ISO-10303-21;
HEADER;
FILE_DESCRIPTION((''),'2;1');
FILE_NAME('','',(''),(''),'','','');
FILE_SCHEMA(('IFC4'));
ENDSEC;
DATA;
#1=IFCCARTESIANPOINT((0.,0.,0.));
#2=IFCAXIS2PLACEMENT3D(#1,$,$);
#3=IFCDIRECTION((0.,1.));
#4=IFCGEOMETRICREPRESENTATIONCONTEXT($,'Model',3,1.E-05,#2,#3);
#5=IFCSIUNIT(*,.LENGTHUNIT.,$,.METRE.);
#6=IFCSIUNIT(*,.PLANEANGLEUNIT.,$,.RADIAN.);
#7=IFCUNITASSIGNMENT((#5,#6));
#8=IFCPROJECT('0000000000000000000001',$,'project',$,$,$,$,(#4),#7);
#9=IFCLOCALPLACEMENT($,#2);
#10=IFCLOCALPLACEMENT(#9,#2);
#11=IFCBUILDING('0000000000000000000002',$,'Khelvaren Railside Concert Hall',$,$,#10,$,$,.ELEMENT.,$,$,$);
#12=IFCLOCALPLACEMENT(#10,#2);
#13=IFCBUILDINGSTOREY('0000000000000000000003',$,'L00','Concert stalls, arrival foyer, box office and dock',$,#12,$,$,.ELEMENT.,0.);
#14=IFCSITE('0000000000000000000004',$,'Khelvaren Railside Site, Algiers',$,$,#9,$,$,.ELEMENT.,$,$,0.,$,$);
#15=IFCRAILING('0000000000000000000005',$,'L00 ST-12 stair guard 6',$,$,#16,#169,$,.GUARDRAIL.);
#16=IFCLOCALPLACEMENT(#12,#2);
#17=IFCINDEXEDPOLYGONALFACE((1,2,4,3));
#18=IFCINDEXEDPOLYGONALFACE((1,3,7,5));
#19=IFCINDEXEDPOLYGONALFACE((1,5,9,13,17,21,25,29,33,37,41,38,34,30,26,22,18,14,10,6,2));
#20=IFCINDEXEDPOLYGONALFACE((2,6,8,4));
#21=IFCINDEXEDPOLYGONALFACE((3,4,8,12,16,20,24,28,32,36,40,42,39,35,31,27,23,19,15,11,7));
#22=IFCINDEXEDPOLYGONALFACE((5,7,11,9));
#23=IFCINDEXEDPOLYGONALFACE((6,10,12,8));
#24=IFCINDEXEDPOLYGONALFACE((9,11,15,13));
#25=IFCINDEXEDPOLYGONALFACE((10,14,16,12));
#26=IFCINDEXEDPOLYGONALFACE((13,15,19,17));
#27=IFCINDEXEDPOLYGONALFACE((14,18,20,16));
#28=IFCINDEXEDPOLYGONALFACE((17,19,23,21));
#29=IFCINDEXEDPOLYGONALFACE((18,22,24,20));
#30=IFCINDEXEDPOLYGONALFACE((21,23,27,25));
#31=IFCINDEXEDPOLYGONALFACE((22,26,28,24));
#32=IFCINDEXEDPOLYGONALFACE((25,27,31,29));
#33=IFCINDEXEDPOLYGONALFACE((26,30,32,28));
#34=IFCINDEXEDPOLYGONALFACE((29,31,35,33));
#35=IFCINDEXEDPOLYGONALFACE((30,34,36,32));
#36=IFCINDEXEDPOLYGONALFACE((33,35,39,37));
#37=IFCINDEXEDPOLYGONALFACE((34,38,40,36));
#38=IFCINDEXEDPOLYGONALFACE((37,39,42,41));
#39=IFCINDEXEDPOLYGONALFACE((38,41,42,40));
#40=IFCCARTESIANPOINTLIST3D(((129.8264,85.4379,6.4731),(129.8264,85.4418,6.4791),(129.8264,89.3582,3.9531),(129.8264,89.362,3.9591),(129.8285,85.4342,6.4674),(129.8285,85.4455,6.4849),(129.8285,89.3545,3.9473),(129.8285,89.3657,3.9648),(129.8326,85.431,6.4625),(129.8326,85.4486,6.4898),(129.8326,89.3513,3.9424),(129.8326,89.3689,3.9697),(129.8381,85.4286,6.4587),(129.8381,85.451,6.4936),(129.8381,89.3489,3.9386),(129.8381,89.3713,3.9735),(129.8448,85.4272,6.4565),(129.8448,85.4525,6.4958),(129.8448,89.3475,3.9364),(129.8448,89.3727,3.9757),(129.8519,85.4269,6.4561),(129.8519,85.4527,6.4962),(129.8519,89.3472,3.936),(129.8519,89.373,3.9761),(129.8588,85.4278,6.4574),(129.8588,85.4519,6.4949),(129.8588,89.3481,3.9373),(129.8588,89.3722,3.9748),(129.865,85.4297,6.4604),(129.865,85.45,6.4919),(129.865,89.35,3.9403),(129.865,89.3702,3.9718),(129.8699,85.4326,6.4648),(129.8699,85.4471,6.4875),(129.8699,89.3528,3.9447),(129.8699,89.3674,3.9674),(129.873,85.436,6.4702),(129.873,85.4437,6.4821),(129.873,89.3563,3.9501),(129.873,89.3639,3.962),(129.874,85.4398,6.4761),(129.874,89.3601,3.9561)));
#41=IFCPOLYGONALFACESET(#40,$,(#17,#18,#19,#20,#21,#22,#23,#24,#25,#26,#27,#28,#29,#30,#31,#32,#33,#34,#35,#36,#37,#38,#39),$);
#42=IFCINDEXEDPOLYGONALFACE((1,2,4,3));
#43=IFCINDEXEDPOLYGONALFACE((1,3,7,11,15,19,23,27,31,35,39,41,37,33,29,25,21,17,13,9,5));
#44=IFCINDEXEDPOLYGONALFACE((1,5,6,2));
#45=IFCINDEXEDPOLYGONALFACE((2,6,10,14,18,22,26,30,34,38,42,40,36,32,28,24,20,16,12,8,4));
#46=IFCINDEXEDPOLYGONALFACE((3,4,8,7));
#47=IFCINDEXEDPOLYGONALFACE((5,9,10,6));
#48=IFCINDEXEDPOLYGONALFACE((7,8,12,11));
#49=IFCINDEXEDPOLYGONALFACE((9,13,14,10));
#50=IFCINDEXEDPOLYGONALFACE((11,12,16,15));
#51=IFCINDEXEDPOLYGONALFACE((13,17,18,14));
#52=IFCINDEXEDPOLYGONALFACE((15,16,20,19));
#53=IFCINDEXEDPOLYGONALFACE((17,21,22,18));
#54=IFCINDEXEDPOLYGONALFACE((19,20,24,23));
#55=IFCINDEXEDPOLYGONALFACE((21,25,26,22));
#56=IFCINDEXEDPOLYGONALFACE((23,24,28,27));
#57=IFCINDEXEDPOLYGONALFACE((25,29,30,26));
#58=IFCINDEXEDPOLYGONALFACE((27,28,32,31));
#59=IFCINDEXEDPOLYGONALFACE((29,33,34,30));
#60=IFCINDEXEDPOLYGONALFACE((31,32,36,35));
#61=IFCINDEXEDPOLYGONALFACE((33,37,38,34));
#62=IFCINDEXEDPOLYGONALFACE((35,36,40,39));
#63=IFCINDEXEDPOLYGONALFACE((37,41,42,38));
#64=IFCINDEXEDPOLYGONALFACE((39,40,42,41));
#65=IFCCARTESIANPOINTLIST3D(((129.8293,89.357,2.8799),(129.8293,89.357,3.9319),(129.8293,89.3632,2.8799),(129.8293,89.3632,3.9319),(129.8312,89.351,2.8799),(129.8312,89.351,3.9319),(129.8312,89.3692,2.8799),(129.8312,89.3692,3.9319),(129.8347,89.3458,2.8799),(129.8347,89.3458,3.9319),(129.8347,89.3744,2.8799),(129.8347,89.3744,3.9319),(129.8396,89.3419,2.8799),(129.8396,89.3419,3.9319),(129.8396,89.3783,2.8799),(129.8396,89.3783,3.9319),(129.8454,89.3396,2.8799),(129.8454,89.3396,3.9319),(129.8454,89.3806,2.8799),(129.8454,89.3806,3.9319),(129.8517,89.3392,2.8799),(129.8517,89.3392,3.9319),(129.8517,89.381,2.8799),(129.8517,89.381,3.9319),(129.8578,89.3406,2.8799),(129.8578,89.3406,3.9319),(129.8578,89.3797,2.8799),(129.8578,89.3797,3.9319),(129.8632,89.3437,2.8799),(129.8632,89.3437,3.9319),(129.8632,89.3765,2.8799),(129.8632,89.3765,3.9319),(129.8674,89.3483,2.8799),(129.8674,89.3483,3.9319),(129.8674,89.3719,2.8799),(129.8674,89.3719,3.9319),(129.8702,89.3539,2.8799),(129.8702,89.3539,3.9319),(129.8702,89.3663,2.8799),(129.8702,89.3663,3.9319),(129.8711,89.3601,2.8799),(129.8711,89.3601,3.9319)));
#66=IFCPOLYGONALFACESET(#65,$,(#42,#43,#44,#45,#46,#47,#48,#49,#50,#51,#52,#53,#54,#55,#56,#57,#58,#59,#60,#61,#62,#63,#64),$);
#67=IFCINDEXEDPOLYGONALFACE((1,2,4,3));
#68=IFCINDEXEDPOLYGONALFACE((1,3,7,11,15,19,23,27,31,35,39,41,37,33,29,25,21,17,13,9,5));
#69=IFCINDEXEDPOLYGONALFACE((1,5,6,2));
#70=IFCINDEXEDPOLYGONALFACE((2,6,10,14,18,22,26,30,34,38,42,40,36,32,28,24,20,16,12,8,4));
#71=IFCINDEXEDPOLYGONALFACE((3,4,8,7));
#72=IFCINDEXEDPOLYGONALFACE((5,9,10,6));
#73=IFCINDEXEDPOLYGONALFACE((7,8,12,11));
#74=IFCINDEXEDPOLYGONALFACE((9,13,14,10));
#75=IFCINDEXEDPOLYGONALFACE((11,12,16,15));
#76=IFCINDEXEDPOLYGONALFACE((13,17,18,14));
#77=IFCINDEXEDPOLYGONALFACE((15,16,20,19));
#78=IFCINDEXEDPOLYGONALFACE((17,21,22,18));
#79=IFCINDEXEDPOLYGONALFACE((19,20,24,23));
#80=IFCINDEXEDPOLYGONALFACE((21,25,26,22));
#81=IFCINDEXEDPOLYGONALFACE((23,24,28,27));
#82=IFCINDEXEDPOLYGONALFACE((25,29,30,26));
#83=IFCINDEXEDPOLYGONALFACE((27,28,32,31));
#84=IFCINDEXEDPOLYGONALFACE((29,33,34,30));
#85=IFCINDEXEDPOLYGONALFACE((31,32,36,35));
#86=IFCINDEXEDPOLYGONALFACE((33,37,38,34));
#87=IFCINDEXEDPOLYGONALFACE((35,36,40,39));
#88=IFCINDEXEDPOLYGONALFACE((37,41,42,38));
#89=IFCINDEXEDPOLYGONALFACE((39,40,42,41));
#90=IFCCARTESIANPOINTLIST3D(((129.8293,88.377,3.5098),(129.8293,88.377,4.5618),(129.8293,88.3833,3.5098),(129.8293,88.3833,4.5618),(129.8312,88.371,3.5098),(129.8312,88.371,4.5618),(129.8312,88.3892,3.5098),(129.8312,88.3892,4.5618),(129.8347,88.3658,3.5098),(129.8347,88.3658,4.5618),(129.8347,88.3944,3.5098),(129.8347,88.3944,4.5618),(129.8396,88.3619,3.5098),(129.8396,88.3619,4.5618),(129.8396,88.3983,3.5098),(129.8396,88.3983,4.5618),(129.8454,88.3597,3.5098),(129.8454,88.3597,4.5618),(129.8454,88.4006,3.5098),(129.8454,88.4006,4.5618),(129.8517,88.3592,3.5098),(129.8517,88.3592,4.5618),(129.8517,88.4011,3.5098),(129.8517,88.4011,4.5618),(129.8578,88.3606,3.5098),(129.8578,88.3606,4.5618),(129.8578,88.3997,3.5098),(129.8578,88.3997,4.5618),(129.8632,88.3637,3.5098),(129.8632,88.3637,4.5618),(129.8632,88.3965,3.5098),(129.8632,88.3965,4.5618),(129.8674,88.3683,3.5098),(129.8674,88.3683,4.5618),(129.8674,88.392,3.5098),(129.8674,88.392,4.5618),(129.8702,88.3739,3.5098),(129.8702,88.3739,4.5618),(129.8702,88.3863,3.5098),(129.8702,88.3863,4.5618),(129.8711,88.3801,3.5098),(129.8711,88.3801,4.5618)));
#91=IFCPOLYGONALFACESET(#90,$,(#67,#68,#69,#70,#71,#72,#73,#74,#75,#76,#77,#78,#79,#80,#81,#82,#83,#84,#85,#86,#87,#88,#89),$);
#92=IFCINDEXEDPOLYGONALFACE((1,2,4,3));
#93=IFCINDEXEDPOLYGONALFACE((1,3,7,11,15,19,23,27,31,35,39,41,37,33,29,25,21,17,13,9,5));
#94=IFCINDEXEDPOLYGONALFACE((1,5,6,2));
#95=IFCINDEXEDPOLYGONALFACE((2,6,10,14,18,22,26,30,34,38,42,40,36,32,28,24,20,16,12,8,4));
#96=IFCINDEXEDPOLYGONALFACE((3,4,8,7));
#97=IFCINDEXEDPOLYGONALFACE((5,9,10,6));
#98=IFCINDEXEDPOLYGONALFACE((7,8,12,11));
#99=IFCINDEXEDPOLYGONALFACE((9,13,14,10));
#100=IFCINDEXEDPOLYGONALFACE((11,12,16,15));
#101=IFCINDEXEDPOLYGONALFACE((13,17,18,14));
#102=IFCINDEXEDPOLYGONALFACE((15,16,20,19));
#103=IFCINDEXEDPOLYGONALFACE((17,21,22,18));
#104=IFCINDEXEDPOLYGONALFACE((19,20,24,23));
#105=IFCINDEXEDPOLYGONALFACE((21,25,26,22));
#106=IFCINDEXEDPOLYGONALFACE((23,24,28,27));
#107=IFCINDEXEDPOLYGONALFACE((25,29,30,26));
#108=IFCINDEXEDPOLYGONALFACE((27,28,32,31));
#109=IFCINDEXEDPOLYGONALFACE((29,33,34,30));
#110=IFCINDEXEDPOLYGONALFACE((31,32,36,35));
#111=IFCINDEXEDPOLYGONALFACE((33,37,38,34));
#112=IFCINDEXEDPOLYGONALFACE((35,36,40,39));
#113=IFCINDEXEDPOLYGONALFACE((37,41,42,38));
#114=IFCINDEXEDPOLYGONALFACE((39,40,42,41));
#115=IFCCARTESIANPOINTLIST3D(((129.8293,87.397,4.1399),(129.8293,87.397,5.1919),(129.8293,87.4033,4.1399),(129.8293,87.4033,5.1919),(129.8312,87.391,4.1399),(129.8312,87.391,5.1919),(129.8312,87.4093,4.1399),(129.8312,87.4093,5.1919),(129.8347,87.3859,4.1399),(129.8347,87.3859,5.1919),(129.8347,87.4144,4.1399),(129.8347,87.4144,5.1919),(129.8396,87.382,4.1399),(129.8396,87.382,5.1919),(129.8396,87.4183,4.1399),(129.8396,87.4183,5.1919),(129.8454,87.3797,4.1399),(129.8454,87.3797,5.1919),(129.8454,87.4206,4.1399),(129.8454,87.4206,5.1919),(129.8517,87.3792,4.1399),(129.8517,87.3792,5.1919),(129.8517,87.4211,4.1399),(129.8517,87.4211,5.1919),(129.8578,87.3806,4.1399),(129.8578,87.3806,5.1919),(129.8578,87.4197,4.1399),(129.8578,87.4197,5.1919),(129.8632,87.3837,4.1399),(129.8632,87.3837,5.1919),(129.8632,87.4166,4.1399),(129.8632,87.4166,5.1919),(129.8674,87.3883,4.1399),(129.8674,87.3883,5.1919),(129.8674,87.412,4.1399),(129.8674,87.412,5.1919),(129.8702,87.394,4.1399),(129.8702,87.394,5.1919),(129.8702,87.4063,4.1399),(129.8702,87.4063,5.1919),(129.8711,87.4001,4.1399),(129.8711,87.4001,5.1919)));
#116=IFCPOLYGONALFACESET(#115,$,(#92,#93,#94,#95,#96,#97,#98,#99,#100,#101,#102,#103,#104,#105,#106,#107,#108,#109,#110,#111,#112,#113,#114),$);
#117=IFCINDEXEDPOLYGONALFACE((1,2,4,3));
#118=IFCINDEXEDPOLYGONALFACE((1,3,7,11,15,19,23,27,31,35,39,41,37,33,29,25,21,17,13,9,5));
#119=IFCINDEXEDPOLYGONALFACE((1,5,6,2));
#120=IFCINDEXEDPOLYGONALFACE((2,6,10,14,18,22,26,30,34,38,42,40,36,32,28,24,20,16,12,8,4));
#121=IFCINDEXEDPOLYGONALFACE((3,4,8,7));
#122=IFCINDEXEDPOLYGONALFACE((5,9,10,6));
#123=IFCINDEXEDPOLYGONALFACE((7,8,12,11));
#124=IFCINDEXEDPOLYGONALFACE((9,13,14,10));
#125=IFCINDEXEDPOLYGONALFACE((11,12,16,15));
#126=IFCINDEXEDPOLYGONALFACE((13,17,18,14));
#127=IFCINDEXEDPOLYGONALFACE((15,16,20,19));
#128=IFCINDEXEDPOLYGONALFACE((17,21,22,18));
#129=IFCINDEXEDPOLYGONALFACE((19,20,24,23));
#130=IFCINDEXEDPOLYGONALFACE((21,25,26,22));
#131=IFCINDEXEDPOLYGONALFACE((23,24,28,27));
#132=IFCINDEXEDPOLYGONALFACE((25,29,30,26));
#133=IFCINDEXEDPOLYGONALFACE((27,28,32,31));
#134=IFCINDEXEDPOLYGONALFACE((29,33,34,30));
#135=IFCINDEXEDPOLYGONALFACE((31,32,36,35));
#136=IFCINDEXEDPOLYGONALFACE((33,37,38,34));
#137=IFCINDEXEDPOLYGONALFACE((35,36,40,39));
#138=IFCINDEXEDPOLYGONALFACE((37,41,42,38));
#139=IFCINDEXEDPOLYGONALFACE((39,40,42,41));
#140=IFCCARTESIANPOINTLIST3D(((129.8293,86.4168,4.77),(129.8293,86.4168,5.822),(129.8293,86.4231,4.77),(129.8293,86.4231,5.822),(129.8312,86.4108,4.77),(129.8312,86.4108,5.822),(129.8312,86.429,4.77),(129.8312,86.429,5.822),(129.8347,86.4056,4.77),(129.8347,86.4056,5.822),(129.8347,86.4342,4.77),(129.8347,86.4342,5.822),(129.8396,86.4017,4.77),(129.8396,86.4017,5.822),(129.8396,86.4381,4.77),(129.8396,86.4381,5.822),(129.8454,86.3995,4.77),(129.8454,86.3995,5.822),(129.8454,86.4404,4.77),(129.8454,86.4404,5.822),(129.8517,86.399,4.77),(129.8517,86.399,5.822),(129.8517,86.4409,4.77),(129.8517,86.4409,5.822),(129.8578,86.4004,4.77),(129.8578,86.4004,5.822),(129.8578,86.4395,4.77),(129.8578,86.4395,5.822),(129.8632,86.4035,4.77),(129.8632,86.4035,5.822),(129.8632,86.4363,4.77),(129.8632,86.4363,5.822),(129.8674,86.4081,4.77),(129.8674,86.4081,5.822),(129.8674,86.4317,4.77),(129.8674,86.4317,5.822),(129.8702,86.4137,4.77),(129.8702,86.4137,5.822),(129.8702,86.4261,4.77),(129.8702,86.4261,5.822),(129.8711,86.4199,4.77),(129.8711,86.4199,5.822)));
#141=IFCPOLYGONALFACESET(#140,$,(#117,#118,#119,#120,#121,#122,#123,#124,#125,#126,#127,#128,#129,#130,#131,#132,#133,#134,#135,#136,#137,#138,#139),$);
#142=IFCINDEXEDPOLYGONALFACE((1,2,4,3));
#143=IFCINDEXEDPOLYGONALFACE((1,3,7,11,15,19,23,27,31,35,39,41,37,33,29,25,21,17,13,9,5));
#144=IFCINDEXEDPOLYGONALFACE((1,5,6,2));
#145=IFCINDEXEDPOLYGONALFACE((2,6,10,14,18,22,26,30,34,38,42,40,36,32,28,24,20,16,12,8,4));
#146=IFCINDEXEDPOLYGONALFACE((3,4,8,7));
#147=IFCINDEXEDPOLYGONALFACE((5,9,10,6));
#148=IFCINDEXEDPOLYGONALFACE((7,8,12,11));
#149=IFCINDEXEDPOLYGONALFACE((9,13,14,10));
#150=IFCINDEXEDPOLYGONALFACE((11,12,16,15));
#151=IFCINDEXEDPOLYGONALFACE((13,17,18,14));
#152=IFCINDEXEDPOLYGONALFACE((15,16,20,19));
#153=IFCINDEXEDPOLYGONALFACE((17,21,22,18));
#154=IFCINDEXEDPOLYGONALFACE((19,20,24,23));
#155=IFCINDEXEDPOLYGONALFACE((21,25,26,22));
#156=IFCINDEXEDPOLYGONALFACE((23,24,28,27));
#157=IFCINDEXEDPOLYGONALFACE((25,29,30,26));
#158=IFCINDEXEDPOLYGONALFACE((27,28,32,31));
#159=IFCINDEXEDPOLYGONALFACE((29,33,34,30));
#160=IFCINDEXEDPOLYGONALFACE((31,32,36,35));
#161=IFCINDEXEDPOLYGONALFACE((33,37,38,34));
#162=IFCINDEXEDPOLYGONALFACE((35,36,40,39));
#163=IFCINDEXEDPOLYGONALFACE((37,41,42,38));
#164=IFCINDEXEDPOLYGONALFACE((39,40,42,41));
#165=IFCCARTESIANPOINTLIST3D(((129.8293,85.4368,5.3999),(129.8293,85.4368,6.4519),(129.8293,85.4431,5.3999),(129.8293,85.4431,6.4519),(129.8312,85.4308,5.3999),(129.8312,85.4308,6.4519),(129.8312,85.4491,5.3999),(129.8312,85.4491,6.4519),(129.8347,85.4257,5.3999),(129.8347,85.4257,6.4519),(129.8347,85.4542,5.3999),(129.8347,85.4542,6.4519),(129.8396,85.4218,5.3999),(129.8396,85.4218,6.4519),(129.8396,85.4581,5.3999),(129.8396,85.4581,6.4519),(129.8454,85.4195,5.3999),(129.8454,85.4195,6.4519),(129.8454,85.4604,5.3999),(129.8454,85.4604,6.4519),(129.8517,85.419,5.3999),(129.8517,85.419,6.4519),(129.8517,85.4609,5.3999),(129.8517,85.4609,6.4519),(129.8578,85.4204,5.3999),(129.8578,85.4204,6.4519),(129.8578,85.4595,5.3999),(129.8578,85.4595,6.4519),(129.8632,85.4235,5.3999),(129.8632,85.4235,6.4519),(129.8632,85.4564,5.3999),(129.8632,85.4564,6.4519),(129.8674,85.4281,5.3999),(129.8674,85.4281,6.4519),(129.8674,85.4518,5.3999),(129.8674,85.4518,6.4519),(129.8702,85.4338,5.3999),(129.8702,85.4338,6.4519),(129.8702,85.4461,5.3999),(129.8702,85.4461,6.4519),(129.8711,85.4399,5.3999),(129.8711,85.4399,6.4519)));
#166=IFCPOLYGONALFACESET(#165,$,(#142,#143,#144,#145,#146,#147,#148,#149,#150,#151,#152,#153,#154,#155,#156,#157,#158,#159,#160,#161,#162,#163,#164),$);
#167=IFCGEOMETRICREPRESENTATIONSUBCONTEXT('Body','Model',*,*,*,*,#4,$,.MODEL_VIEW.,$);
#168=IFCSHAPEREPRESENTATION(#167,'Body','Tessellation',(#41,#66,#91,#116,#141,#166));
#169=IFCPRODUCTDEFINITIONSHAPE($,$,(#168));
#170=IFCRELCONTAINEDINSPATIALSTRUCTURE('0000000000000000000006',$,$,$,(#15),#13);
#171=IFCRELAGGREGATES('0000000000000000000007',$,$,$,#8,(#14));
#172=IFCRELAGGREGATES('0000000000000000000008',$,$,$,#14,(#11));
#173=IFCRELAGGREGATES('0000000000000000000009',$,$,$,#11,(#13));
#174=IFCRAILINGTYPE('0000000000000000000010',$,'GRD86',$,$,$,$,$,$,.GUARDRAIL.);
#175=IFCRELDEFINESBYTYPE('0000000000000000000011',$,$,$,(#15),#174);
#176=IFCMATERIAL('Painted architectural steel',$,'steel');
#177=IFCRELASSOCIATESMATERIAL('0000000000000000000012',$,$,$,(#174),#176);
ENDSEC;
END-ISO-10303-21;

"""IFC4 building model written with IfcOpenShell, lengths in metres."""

from ifc_helpers import new_model, si_unit, direction, frame, origin, origin_2d, place, context, subcontext, project, spatial, circle, extrude, material, type_object, element, save


model = new_model("IFC4")

# Units and contexts
model_context = context("Model", 3, precision=1e-05, world=origin(), true_north=direction((0.0, 1.0)))
body_context = subcontext(model_context, "Body", "Model", "MODEL_VIEW")
ifc_project = project(units=[si_unit("LENGTHUNIT", "METRE"), si_unit("PLANEANGLEUNIT", "RADIAN")], contexts=[model_context])

# Site, building, storey
site_placement = place(None, origin())
site = spatial("IfcSite", under=ifc_project, at=site_placement, Name="Khelvaren Railside Site, Algiers", CompositionType="ELEMENT", RefElevation=0.0)
building_placement = place(site_placement, origin())
building = spatial("IfcBuilding", under=site, at=building_placement, Name="Khelvaren Railside Concert Hall", CompositionType="ELEMENT")
storey_placement = place(building_placement, origin())
storey = spatial("IfcBuildingStorey", under=building, at=storey_placement, Name="L00", Description="Concert stalls, arrival foyer, box office and dock", CompositionType="ELEMENT", Elevation=0.0)

# Railing
ifc_material_1 = material(Name="Painted architectural steel", Category="steel")
railing_type_1 = type_object("IfcRailingType", Name="GRD86", PredefinedType="GUARDRAIL", material=ifc_material_1)
railing_1_placement = place(storey_placement, frame((129.8501, 89.3601, 2.8799)))
element("IfcRailing", 1, at=railing_1_placement, inside=storey, type_object=railing_type_1, Name="L00 ST-12 stair guard 6", PredefinedType="GUARDRAIL", context=body_context, shape_type="SweptSolid", body=[
    extrude(circle(Radius=0.0239, at=origin_2d()), frame((0.0, 0.0, 1.0762), z_axis=(0.0, -0.841187, 0.540744), x_axis=(1.0, 0.0, 0.0)), (0.0, 0.0, 1.0), 4.6604),
    extrude(circle(Radius=0.021, at=origin_2d()), origin(), (0.0, 0.0, 1.0), 1.052),
    extrude(circle(Radius=0.021, at=origin_2d()), frame((0.0, -0.98, 0.6299)), (0.0, 0.0, 1.0), 1.052),
    extrude(circle(Radius=0.021, at=origin_2d()), frame((0.0, -1.96, 1.26)), (0.0, 0.0, 1.0), 1.052),
    extrude(circle(Radius=0.021, at=origin_2d()), frame((0.0, -2.9402, 1.8901)), (0.0, 0.0, 1.0), 1.052),
    extrude(circle(Radius=0.021, at=origin_2d()), frame((0.0, -3.9202, 2.52)), (0.0, 0.0, 1.0), 1.052),
])

save(model, "model.ifc")
